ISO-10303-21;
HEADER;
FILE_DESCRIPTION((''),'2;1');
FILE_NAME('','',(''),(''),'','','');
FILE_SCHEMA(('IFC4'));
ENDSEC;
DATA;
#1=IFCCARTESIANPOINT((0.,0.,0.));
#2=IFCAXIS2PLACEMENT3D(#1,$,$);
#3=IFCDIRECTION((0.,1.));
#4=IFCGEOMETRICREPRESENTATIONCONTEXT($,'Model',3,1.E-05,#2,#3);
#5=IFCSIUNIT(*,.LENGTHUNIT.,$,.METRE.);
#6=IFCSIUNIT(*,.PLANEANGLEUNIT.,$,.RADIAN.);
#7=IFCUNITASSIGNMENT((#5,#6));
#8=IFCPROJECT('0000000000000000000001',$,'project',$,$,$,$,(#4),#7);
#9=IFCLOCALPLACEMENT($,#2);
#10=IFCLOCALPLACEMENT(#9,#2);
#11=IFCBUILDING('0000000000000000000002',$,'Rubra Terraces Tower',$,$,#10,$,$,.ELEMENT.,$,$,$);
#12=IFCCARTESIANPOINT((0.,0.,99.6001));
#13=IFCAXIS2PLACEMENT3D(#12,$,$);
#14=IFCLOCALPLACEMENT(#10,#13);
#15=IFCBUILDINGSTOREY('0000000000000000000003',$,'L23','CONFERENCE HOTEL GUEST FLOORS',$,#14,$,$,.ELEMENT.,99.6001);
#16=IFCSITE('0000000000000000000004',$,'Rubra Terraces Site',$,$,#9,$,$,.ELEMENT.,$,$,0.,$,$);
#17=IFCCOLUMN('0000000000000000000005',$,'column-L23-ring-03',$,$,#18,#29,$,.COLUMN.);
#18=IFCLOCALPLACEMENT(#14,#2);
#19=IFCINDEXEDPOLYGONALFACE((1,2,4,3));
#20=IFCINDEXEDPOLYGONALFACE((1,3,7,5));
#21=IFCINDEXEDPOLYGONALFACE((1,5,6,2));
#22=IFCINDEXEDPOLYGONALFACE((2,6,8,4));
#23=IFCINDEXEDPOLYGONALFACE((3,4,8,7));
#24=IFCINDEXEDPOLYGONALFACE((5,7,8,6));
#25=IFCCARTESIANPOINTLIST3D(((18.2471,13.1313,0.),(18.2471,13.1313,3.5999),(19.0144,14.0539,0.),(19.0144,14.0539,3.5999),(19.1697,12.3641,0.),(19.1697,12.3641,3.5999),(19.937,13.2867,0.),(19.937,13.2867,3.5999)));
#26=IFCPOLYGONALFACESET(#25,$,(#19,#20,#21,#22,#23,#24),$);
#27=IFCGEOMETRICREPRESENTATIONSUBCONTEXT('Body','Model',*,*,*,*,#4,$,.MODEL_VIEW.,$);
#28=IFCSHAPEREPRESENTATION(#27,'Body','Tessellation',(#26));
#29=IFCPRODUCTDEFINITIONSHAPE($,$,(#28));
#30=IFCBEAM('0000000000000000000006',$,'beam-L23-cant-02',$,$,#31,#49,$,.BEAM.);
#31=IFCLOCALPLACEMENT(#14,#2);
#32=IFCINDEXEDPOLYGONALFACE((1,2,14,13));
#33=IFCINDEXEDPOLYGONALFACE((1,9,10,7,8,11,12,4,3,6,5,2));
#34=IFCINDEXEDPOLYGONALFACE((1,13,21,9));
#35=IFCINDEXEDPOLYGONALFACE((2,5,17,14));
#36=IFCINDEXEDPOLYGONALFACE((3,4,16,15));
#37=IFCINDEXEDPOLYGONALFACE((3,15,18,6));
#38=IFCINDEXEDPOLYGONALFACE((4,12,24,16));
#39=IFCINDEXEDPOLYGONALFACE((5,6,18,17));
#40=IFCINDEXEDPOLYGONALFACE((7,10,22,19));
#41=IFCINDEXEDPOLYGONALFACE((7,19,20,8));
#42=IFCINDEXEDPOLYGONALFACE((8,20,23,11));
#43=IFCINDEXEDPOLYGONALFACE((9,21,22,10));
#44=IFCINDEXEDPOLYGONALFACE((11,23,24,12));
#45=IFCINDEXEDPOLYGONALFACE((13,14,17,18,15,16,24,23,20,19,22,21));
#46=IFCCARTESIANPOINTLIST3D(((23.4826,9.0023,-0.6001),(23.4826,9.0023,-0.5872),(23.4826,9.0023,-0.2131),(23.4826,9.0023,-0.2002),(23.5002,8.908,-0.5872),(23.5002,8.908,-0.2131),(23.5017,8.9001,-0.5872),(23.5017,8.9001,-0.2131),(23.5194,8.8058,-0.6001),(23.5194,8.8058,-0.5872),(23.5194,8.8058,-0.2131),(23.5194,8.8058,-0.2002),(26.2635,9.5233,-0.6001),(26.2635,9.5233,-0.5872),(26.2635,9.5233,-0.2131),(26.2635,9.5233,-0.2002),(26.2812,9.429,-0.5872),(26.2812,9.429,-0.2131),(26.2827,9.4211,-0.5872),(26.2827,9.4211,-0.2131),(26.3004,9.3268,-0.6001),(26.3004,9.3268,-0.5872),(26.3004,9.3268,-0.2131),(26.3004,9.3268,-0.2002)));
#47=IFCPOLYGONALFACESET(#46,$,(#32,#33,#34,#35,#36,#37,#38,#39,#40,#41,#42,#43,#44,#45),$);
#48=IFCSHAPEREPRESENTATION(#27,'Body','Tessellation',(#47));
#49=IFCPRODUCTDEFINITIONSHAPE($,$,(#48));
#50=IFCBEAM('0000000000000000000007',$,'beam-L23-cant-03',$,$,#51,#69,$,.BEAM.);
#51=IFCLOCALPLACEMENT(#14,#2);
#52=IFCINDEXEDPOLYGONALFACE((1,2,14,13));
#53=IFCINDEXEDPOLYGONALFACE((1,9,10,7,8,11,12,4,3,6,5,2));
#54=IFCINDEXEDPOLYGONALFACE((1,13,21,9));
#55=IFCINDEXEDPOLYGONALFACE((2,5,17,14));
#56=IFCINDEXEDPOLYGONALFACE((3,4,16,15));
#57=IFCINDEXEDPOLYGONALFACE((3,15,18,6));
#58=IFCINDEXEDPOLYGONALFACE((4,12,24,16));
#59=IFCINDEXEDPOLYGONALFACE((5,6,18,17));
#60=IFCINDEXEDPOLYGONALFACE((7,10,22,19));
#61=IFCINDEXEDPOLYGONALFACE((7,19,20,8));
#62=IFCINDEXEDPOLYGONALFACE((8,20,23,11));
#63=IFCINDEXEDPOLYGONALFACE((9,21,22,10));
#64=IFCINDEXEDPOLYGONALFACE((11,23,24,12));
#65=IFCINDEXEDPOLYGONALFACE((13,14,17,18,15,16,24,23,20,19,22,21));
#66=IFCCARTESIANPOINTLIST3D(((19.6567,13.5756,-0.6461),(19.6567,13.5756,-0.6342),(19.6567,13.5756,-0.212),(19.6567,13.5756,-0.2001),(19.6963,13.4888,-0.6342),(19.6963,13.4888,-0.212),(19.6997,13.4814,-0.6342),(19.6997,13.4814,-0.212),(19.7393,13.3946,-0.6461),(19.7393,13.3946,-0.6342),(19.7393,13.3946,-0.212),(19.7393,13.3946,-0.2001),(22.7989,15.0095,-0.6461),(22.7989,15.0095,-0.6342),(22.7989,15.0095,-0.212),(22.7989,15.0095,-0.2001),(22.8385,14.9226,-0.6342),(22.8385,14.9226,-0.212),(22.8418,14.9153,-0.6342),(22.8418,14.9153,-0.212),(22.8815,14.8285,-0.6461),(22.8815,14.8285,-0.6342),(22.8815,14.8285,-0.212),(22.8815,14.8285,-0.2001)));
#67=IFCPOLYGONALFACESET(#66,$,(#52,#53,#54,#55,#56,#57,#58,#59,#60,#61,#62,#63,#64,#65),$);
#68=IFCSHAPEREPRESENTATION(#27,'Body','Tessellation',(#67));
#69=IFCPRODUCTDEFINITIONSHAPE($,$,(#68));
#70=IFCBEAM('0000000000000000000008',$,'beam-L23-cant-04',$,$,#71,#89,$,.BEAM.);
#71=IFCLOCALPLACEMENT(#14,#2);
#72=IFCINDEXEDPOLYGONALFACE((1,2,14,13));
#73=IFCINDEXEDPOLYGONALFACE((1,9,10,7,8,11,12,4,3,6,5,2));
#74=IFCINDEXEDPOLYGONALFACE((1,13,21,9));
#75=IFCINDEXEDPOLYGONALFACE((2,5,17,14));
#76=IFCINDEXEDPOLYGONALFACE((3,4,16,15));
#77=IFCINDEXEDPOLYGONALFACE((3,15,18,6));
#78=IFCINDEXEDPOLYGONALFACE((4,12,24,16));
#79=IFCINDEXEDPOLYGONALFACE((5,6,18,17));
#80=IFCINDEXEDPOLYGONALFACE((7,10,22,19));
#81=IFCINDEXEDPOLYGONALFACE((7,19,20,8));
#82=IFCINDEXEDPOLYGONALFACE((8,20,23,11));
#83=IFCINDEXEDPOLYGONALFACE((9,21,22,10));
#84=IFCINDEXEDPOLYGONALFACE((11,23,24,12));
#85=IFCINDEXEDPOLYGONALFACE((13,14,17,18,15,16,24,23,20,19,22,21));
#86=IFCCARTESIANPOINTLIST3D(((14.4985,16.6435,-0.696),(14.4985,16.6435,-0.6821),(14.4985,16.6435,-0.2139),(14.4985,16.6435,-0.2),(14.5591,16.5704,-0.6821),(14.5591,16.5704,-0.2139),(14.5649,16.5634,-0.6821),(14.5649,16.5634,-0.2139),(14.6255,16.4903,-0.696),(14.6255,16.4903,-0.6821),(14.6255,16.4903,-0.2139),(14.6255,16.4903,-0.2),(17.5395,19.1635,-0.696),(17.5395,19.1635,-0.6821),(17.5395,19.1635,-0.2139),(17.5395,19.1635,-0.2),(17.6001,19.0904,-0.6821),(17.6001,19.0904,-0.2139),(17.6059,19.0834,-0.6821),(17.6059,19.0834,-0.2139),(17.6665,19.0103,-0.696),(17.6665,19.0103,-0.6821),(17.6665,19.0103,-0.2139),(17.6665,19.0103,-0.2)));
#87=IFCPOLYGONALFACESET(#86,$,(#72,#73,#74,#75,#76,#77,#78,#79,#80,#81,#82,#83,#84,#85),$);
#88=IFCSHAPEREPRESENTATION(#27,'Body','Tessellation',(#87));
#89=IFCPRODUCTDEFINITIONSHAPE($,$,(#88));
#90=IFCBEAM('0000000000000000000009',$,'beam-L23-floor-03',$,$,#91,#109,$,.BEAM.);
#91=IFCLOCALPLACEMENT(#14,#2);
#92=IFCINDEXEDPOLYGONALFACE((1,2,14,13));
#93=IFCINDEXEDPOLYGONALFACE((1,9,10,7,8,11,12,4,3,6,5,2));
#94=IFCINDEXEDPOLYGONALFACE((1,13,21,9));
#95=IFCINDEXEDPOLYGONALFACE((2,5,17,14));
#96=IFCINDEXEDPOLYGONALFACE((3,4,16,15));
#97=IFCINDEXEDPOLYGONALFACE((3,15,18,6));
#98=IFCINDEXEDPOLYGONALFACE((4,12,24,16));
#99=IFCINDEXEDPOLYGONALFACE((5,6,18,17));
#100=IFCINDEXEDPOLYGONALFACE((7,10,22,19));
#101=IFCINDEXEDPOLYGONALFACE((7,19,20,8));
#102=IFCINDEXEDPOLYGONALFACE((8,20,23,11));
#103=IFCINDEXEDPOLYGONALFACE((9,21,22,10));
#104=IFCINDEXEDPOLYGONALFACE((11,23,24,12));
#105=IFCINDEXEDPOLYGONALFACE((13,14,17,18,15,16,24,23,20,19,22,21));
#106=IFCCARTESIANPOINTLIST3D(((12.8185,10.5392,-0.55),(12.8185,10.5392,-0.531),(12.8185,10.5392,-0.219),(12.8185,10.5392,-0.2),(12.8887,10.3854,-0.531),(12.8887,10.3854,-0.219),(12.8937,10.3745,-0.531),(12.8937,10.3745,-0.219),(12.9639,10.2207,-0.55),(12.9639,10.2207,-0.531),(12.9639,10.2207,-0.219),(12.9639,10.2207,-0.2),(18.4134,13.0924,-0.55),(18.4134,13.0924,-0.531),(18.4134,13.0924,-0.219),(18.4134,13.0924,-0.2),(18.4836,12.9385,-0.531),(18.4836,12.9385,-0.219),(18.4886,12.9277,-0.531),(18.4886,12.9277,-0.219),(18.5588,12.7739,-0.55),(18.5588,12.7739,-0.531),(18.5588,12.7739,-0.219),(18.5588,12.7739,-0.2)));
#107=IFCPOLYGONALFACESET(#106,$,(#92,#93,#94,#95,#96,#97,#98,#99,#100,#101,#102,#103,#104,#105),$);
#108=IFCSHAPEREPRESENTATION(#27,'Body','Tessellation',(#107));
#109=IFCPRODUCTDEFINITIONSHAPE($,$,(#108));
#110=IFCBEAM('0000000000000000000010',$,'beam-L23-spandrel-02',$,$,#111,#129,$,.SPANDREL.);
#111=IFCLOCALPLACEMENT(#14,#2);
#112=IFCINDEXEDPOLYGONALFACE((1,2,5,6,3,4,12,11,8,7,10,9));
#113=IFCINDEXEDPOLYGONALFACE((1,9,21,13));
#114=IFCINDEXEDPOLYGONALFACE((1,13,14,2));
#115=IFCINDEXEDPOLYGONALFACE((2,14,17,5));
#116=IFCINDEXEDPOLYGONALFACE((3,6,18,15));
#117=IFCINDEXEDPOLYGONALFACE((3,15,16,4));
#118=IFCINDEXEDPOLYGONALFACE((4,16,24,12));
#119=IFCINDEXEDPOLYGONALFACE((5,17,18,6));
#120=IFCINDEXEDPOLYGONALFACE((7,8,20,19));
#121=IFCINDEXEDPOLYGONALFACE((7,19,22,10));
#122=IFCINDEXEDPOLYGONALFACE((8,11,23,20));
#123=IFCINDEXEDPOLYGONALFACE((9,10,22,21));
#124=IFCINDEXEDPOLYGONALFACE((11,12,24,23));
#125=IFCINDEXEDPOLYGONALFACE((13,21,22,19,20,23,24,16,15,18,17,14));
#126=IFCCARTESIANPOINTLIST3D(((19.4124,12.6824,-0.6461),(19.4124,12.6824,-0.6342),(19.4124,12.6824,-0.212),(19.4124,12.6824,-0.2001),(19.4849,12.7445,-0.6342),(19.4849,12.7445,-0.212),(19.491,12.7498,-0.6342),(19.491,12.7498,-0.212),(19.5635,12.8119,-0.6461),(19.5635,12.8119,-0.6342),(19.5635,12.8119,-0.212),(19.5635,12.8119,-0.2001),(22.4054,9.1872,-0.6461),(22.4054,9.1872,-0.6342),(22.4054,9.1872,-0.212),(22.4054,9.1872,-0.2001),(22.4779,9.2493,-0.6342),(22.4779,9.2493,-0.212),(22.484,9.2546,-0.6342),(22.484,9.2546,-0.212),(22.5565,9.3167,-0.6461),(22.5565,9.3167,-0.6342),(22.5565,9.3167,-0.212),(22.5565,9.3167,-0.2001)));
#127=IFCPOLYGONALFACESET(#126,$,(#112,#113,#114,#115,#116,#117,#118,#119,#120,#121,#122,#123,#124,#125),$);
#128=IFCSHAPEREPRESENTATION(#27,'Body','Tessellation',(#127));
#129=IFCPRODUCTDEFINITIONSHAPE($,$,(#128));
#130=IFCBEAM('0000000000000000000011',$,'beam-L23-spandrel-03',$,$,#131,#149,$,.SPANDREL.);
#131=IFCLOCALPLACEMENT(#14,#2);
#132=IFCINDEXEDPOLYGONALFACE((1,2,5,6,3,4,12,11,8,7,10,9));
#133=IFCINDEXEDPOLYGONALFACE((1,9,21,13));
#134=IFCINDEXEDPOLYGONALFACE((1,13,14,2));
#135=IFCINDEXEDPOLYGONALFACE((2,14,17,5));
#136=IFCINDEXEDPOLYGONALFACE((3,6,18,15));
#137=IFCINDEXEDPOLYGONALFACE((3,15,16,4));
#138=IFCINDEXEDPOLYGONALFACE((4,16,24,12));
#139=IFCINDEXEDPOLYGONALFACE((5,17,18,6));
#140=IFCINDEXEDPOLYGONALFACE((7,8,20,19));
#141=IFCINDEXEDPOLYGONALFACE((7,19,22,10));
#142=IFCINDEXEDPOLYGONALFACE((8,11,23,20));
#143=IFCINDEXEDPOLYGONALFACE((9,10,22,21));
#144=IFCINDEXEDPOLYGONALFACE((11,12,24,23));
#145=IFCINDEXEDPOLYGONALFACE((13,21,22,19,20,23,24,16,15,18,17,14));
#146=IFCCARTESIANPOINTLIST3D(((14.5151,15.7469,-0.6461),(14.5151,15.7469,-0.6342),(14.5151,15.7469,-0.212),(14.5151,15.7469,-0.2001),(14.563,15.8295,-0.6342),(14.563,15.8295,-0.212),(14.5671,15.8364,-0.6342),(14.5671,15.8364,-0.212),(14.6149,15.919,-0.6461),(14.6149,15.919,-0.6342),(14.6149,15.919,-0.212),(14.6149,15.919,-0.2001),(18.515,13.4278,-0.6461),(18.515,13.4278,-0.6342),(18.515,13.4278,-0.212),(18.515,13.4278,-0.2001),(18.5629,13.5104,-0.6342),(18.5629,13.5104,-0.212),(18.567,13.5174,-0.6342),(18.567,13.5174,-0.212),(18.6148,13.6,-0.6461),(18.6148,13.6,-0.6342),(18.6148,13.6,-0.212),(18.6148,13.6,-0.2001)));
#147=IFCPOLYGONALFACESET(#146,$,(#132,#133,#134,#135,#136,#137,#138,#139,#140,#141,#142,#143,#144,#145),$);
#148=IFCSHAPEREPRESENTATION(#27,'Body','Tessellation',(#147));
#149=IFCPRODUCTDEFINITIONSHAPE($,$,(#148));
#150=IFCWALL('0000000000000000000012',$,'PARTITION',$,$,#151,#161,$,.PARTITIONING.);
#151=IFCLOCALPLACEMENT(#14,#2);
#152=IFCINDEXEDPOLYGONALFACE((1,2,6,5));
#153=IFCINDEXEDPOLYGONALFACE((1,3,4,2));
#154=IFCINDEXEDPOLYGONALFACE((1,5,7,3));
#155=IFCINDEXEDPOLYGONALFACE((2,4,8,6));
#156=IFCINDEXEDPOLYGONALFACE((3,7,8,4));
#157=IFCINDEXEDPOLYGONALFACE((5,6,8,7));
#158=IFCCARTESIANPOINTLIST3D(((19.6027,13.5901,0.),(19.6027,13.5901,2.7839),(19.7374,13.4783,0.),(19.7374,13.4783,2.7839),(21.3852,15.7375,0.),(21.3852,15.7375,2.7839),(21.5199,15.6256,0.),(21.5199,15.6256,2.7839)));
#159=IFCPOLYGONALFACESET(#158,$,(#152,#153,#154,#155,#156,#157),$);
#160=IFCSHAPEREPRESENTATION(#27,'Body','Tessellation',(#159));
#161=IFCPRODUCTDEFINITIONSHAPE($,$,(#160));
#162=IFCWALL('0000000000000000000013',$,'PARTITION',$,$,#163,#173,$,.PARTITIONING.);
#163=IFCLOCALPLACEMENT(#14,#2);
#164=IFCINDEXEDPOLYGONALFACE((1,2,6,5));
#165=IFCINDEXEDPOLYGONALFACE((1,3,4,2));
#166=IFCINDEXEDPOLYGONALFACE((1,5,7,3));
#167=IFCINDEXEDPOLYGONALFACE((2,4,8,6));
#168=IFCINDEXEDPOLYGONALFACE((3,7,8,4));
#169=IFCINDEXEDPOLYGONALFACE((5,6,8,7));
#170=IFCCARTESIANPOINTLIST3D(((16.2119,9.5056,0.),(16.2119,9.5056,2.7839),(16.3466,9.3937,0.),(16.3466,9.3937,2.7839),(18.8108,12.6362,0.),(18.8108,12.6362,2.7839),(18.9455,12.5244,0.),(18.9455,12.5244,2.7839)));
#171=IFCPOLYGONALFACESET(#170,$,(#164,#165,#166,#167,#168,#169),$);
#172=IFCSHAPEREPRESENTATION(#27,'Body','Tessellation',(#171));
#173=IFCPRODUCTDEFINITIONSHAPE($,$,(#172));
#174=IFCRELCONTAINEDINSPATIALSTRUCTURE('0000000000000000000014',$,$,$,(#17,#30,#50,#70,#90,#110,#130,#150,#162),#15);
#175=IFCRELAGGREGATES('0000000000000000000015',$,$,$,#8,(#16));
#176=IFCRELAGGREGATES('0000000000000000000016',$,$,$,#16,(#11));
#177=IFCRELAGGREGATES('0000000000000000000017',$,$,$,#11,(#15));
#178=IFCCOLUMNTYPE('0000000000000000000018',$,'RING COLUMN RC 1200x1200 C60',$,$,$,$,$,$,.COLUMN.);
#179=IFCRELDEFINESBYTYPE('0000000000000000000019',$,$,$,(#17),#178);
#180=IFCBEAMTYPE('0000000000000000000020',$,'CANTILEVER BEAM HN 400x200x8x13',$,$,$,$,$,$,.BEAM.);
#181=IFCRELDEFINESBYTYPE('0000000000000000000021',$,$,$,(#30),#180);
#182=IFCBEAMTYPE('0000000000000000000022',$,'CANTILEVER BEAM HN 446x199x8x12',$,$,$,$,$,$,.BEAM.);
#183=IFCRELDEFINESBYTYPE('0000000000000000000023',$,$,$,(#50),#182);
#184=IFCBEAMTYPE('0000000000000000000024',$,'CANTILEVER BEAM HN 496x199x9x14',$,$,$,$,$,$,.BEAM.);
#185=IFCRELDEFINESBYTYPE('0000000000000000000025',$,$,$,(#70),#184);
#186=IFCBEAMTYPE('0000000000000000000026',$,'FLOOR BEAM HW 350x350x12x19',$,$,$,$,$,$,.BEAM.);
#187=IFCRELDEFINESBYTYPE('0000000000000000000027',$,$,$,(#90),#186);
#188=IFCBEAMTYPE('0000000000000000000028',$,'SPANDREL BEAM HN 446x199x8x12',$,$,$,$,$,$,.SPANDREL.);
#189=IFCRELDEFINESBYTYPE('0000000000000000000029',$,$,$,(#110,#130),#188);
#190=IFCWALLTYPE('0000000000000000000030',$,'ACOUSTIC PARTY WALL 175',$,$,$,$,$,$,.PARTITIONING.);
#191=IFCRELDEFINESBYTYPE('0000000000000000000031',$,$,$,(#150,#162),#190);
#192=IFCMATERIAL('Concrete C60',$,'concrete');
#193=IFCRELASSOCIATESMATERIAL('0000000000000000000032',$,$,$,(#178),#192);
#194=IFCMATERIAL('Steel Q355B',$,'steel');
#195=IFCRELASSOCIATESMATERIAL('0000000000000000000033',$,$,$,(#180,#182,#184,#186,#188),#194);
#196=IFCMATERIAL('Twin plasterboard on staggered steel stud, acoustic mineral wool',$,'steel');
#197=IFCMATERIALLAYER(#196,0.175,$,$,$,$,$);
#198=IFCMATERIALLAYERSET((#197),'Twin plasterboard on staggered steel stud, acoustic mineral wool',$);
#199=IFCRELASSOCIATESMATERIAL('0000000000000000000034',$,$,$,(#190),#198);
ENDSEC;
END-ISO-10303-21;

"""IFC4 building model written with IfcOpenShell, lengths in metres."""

from ifc_helpers import new_model, si_unit, direction, frame, frame_2d, origin, origin_2d, place, context, subcontext, project, spatial, rectangle, i_section, extrude, material, layer, layer_set, material_profile, profile_set, type_object, element, save


model = new_model("IFC4")

# Units and contexts
model_context = context("Model", 3, precision=1e-05, world=origin(), true_north=direction((0.0, 1.0)))
body_context = subcontext(model_context, "Body", "Model", "MODEL_VIEW")
ifc_project = project(units=[si_unit("LENGTHUNIT", "METRE"), si_unit("PLANEANGLEUNIT", "RADIAN")], contexts=[model_context])

# Site, building, storey
site_placement = place(None, origin())
site = spatial("IfcSite", under=ifc_project, at=site_placement, Name="Rubra Terraces Site", CompositionType="ELEMENT", RefElevation=0.0)
building_placement = place(site_placement, origin())
building = spatial("IfcBuilding", under=site, at=building_placement, Name="Rubra Terraces Tower", CompositionType="ELEMENT")
storey_placement = place(building_placement, frame((0.0, 0.0, 99.6001)))
storey = spatial("IfcBuildingStorey", under=building, at=storey_placement, Name="L23", Description="CONFERENCE HOTEL GUEST FLOORS", CompositionType="ELEMENT", Elevation=99.6001)

# Column
ifc_material_1 = material(Name="Concrete C60", Category="concrete")
ifc_material_profile_1 = material_profile(ifc_material_1, rectangle(XDim=1.2, YDim=1.2, at=origin_2d()), Name="RC 1200x1200")
ifc_profile_set_1 = profile_set([ifc_material_profile_1], Name="Concrete C60")
column_type = type_object("IfcColumnType", Name="RING COLUMN RC 1200x1200 C60", PredefinedType="COLUMN", material=ifc_profile_set_1)
column_placement = place(storey_placement, frame((19.092, 13.209, 0.0), z_axis=(0.0, 0.0, 1.0), x_axis=(-0.76887, 0.639405, 0.0)))
element("IfcColumn", 1, at=column_placement, inside=storey, type_object=column_type, Name="column-L23-ring-03", PredefinedType="COLUMN", context=body_context, shape_type="SweptSolid", body=[
    extrude(rectangle(XDim=1.2, YDim=1.2, at=origin_2d()), origin(), (0.0, 0.0, 1.0), 3.5999),
])

# Beams
ifc_material_2 = material(Name="Steel Q355B", Category="steel")
ifc_material_profile_2 = material_profile(ifc_material_2, i_section(OverallWidth=0.2, OverallDepth=0.3999, WebThickness=0.0081, FlangeThickness=0.0129, at=origin_2d()), Name="HN 400x200x8x13")
ifc_profile_set_2 = profile_set([ifc_material_profile_2], Name="Steel Q355B")
beam_type_1 = type_object("IfcBeamType", Name="CANTILEVER BEAM HN 400x200x8x13", PredefinedType="BEAM", material=ifc_profile_set_2)
beam_1_placement = place(storey_placement, frame((23.501, 8.9041, -0.4001), z_axis=(0.982901, 0.184137, 0.0), x_axis=(-0.184137, 0.982901, 0.0)))
element("IfcBeam", 2, at=beam_1_placement, inside=storey, type_object=beam_type_1, Name="beam-L23-cant-02", PredefinedType="BEAM", context=body_context, shape_type="SweptSolid", body=[
    extrude(i_section(OverallWidth=0.2, OverallDepth=0.3999, WebThickness=0.0081, FlangeThickness=0.0129, at=origin_2d()), origin(), (0.0, 0.0, 1.0), 2.8293),
])
ifc_material_profile_3 = material_profile(ifc_material_2, i_section(OverallWidth=0.199, OverallDepth=0.446, WebThickness=0.0081, FlangeThickness=0.012, at=origin_2d()), Name="HN 446x199x8x12")
ifc_profile_set_3 = profile_set([ifc_material_profile_3], Name="Steel Q355B")
beam_type_2 = type_object("IfcBeamType", Name="CANTILEVER BEAM HN 446x199x8x12", PredefinedType="BEAM", material=ifc_profile_set_3)
beam_2_placement = place(storey_placement, frame((19.698, 13.4851, -0.4231), z_axis=(0.909753, 0.41515, 0.0), x_axis=(-0.41515, 0.909753, 0.0)))
element("IfcBeam", 3, at=beam_2_placement, inside=storey, type_object=beam_type_2, Name="beam-L23-cant-03", PredefinedType="BEAM", context=body_context, shape_type="SweptSolid", body=[
    extrude(i_section(OverallWidth=0.199, OverallDepth=0.446, WebThickness=0.0081, FlangeThickness=0.012, at=origin_2d()), origin(), (0.0, 0.0, 1.0), 3.4539),
])
ifc_material_profile_4 = material_profile(ifc_material_2, i_section(OverallWidth=0.199, OverallDepth=0.4961, WebThickness=0.009, FlangeThickness=0.0139, at=origin_2d()), Name="HN 496x199x9x14")
ifc_profile_set_4 = profile_set([ifc_material_profile_4], Name="Steel Q355B")
beam_type_3 = type_object("IfcBeamType", Name="CANTILEVER BEAM HN 496x199x9x14", PredefinedType="BEAM", material=ifc_profile_set_4)
beam_3_placement = place(storey_placement, frame((14.562, 16.5669, -0.448), z_axis=(0.769982, 0.638066, 0.0), x_axis=(-0.638066, 0.769982, 0.0)))
element("IfcBeam", 4, at=beam_3_placement, inside=storey, type_object=beam_type_3, Name="beam-L23-cant-04", PredefinedType="BEAM", context=body_context, shape_type="SweptSolid", body=[
    extrude(i_section(OverallWidth=0.199, OverallDepth=0.4961, WebThickness=0.009, FlangeThickness=0.0139, at=origin_2d()), origin(), (0.0, 0.0, 1.0), 3.9495),
])
ifc_material_profile_5 = material_profile(ifc_material_2, i_section(OverallWidth=0.3501, OverallDepth=0.3501, WebThickness=0.012, FlangeThickness=0.019, at=origin_2d()), Name="HW 350x350x12x19")
ifc_profile_set_5 = profile_set([ifc_material_profile_5], Name="Steel Q355B")
beam_type_4 = type_object("IfcBeamType", Name="FLOOR BEAM HW 350x350x12x19", PredefinedType="BEAM", material=ifc_profile_set_5)
beam_4_placement = place(storey_placement, frame((18.4861, 12.9331, -0.375), z_axis=(-0.90975, -0.415157, 0.0), x_axis=(0.415157, -0.90975, 0.0)))
element("IfcBeam", 5, at=beam_4_placement, inside=storey, type_object=beam_type_4, Name="beam-L23-floor-03", PredefinedType="BEAM", context=body_context, shape_type="SweptSolid", body=[
    extrude(i_section(OverallWidth=0.3501, OverallDepth=0.3501, WebThickness=0.012, FlangeThickness=0.019, at=origin_2d()), origin(), (0.0, 0.0, 1.0), 6.1499),
])
ifc_material_profile_6 = material_profile(ifc_material_2, i_section(OverallWidth=0.199, OverallDepth=0.446, WebThickness=0.0081, FlangeThickness=0.012, at=origin_2d()), Name="HN 446x199x8x12")
ifc_profile_set_6 = profile_set([ifc_material_profile_6], Name="Steel Q355B")
beam_type_5 = type_object("IfcBeamType", Name="SPANDREL BEAM HN 446x199x8x12", PredefinedType="SPANDREL", material=ifc_profile_set_6)
beam_5_placement = place(storey_placement, frame((22.481, 9.252, -0.4231), z_axis=(-0.650429, 0.759567, 0.0), x_axis=(-0.759567, -0.650429, 0.0)))
element("IfcBeam", 6, at=beam_5_placement, inside=storey, type_object=beam_type_5, Name="beam-L23-spandrel-02", PredefinedType="SPANDREL", context=body_context, shape_type="SweptSolid", body=[
    extrude(i_section(OverallWidth=0.199, OverallDepth=0.446, WebThickness=0.0081, FlangeThickness=0.012, at=origin_2d()), origin(), (0.0, 0.0, 1.0), 4.6016),
])
beam_6_placement = place(storey_placement, frame((18.5649, 13.5139, -0.4231), z_axis=(-0.865116, 0.501571, 0.0), x_axis=(-0.501571, -0.865116, 0.0)))
element("IfcBeam", 7, at=beam_6_placement, inside=storey, type_object=beam_type_5, Name="beam-L23-spandrel-03", PredefinedType="SPANDREL", context=body_context, shape_type="SweptSolid", body=[
    extrude(i_section(OverallWidth=0.199, OverallDepth=0.446, WebThickness=0.0081, FlangeThickness=0.012, at=origin_2d()), origin(), (0.0, 0.0, 1.0), 4.6235),
])

# Walls
ifc_material_3 = material(Name="Twin plasterboard on staggered steel stud, acoustic mineral wool", Category="steel")
ifc_layer_1 = layer(ifc_material_3, 0.175)
ifc_layer_set_1 = layer_set([ifc_layer_1], Name="Twin plasterboard on staggered steel stud, acoustic mineral wool")
wall_type_1 = type_object("IfcWallType", Name="ACOUSTIC PARTY WALL 175", PredefinedType="PARTITIONING", material=ifc_layer_set_1)
wall_1_placement = place(storey_placement, frame((21.4526, 15.6816, 0.0), z_axis=(0.0, 0.0, 1.0), x_axis=(-0.638729, -0.769432, 0.0)))
element("IfcWall", 8, at=wall_1_placement, inside=storey, type_object=wall_type_1, Name="PARTITION", PredefinedType="PARTITIONING", context=body_context, shape_type="SweptSolid", body=[
    extrude(rectangle(XDim=2.7908, YDim=0.175, at=frame_2d((1.3955, 0.0))), origin(), (0.0, 0.0, 1.0), 2.7839),
])
wall_2_placement = place(storey_placement, frame((18.8782, 12.5803, 0.0), z_axis=(0.0, 0.0, 1.0), x_axis=(-0.638737, -0.769425, 0.0)))
element("IfcWall", 9, at=wall_2_placement, inside=storey, type_object=wall_type_1, Name="PARTITION", PredefinedType="PARTITIONING", context=body_context, shape_type="SweptSolid", body=[
    extrude(rectangle(XDim=4.0688, YDim=0.175, at=frame_2d((2.0344, 0.0))), origin(), (0.0, 0.0, 1.0), 2.7839),
])

save(model, "model.ifc")
